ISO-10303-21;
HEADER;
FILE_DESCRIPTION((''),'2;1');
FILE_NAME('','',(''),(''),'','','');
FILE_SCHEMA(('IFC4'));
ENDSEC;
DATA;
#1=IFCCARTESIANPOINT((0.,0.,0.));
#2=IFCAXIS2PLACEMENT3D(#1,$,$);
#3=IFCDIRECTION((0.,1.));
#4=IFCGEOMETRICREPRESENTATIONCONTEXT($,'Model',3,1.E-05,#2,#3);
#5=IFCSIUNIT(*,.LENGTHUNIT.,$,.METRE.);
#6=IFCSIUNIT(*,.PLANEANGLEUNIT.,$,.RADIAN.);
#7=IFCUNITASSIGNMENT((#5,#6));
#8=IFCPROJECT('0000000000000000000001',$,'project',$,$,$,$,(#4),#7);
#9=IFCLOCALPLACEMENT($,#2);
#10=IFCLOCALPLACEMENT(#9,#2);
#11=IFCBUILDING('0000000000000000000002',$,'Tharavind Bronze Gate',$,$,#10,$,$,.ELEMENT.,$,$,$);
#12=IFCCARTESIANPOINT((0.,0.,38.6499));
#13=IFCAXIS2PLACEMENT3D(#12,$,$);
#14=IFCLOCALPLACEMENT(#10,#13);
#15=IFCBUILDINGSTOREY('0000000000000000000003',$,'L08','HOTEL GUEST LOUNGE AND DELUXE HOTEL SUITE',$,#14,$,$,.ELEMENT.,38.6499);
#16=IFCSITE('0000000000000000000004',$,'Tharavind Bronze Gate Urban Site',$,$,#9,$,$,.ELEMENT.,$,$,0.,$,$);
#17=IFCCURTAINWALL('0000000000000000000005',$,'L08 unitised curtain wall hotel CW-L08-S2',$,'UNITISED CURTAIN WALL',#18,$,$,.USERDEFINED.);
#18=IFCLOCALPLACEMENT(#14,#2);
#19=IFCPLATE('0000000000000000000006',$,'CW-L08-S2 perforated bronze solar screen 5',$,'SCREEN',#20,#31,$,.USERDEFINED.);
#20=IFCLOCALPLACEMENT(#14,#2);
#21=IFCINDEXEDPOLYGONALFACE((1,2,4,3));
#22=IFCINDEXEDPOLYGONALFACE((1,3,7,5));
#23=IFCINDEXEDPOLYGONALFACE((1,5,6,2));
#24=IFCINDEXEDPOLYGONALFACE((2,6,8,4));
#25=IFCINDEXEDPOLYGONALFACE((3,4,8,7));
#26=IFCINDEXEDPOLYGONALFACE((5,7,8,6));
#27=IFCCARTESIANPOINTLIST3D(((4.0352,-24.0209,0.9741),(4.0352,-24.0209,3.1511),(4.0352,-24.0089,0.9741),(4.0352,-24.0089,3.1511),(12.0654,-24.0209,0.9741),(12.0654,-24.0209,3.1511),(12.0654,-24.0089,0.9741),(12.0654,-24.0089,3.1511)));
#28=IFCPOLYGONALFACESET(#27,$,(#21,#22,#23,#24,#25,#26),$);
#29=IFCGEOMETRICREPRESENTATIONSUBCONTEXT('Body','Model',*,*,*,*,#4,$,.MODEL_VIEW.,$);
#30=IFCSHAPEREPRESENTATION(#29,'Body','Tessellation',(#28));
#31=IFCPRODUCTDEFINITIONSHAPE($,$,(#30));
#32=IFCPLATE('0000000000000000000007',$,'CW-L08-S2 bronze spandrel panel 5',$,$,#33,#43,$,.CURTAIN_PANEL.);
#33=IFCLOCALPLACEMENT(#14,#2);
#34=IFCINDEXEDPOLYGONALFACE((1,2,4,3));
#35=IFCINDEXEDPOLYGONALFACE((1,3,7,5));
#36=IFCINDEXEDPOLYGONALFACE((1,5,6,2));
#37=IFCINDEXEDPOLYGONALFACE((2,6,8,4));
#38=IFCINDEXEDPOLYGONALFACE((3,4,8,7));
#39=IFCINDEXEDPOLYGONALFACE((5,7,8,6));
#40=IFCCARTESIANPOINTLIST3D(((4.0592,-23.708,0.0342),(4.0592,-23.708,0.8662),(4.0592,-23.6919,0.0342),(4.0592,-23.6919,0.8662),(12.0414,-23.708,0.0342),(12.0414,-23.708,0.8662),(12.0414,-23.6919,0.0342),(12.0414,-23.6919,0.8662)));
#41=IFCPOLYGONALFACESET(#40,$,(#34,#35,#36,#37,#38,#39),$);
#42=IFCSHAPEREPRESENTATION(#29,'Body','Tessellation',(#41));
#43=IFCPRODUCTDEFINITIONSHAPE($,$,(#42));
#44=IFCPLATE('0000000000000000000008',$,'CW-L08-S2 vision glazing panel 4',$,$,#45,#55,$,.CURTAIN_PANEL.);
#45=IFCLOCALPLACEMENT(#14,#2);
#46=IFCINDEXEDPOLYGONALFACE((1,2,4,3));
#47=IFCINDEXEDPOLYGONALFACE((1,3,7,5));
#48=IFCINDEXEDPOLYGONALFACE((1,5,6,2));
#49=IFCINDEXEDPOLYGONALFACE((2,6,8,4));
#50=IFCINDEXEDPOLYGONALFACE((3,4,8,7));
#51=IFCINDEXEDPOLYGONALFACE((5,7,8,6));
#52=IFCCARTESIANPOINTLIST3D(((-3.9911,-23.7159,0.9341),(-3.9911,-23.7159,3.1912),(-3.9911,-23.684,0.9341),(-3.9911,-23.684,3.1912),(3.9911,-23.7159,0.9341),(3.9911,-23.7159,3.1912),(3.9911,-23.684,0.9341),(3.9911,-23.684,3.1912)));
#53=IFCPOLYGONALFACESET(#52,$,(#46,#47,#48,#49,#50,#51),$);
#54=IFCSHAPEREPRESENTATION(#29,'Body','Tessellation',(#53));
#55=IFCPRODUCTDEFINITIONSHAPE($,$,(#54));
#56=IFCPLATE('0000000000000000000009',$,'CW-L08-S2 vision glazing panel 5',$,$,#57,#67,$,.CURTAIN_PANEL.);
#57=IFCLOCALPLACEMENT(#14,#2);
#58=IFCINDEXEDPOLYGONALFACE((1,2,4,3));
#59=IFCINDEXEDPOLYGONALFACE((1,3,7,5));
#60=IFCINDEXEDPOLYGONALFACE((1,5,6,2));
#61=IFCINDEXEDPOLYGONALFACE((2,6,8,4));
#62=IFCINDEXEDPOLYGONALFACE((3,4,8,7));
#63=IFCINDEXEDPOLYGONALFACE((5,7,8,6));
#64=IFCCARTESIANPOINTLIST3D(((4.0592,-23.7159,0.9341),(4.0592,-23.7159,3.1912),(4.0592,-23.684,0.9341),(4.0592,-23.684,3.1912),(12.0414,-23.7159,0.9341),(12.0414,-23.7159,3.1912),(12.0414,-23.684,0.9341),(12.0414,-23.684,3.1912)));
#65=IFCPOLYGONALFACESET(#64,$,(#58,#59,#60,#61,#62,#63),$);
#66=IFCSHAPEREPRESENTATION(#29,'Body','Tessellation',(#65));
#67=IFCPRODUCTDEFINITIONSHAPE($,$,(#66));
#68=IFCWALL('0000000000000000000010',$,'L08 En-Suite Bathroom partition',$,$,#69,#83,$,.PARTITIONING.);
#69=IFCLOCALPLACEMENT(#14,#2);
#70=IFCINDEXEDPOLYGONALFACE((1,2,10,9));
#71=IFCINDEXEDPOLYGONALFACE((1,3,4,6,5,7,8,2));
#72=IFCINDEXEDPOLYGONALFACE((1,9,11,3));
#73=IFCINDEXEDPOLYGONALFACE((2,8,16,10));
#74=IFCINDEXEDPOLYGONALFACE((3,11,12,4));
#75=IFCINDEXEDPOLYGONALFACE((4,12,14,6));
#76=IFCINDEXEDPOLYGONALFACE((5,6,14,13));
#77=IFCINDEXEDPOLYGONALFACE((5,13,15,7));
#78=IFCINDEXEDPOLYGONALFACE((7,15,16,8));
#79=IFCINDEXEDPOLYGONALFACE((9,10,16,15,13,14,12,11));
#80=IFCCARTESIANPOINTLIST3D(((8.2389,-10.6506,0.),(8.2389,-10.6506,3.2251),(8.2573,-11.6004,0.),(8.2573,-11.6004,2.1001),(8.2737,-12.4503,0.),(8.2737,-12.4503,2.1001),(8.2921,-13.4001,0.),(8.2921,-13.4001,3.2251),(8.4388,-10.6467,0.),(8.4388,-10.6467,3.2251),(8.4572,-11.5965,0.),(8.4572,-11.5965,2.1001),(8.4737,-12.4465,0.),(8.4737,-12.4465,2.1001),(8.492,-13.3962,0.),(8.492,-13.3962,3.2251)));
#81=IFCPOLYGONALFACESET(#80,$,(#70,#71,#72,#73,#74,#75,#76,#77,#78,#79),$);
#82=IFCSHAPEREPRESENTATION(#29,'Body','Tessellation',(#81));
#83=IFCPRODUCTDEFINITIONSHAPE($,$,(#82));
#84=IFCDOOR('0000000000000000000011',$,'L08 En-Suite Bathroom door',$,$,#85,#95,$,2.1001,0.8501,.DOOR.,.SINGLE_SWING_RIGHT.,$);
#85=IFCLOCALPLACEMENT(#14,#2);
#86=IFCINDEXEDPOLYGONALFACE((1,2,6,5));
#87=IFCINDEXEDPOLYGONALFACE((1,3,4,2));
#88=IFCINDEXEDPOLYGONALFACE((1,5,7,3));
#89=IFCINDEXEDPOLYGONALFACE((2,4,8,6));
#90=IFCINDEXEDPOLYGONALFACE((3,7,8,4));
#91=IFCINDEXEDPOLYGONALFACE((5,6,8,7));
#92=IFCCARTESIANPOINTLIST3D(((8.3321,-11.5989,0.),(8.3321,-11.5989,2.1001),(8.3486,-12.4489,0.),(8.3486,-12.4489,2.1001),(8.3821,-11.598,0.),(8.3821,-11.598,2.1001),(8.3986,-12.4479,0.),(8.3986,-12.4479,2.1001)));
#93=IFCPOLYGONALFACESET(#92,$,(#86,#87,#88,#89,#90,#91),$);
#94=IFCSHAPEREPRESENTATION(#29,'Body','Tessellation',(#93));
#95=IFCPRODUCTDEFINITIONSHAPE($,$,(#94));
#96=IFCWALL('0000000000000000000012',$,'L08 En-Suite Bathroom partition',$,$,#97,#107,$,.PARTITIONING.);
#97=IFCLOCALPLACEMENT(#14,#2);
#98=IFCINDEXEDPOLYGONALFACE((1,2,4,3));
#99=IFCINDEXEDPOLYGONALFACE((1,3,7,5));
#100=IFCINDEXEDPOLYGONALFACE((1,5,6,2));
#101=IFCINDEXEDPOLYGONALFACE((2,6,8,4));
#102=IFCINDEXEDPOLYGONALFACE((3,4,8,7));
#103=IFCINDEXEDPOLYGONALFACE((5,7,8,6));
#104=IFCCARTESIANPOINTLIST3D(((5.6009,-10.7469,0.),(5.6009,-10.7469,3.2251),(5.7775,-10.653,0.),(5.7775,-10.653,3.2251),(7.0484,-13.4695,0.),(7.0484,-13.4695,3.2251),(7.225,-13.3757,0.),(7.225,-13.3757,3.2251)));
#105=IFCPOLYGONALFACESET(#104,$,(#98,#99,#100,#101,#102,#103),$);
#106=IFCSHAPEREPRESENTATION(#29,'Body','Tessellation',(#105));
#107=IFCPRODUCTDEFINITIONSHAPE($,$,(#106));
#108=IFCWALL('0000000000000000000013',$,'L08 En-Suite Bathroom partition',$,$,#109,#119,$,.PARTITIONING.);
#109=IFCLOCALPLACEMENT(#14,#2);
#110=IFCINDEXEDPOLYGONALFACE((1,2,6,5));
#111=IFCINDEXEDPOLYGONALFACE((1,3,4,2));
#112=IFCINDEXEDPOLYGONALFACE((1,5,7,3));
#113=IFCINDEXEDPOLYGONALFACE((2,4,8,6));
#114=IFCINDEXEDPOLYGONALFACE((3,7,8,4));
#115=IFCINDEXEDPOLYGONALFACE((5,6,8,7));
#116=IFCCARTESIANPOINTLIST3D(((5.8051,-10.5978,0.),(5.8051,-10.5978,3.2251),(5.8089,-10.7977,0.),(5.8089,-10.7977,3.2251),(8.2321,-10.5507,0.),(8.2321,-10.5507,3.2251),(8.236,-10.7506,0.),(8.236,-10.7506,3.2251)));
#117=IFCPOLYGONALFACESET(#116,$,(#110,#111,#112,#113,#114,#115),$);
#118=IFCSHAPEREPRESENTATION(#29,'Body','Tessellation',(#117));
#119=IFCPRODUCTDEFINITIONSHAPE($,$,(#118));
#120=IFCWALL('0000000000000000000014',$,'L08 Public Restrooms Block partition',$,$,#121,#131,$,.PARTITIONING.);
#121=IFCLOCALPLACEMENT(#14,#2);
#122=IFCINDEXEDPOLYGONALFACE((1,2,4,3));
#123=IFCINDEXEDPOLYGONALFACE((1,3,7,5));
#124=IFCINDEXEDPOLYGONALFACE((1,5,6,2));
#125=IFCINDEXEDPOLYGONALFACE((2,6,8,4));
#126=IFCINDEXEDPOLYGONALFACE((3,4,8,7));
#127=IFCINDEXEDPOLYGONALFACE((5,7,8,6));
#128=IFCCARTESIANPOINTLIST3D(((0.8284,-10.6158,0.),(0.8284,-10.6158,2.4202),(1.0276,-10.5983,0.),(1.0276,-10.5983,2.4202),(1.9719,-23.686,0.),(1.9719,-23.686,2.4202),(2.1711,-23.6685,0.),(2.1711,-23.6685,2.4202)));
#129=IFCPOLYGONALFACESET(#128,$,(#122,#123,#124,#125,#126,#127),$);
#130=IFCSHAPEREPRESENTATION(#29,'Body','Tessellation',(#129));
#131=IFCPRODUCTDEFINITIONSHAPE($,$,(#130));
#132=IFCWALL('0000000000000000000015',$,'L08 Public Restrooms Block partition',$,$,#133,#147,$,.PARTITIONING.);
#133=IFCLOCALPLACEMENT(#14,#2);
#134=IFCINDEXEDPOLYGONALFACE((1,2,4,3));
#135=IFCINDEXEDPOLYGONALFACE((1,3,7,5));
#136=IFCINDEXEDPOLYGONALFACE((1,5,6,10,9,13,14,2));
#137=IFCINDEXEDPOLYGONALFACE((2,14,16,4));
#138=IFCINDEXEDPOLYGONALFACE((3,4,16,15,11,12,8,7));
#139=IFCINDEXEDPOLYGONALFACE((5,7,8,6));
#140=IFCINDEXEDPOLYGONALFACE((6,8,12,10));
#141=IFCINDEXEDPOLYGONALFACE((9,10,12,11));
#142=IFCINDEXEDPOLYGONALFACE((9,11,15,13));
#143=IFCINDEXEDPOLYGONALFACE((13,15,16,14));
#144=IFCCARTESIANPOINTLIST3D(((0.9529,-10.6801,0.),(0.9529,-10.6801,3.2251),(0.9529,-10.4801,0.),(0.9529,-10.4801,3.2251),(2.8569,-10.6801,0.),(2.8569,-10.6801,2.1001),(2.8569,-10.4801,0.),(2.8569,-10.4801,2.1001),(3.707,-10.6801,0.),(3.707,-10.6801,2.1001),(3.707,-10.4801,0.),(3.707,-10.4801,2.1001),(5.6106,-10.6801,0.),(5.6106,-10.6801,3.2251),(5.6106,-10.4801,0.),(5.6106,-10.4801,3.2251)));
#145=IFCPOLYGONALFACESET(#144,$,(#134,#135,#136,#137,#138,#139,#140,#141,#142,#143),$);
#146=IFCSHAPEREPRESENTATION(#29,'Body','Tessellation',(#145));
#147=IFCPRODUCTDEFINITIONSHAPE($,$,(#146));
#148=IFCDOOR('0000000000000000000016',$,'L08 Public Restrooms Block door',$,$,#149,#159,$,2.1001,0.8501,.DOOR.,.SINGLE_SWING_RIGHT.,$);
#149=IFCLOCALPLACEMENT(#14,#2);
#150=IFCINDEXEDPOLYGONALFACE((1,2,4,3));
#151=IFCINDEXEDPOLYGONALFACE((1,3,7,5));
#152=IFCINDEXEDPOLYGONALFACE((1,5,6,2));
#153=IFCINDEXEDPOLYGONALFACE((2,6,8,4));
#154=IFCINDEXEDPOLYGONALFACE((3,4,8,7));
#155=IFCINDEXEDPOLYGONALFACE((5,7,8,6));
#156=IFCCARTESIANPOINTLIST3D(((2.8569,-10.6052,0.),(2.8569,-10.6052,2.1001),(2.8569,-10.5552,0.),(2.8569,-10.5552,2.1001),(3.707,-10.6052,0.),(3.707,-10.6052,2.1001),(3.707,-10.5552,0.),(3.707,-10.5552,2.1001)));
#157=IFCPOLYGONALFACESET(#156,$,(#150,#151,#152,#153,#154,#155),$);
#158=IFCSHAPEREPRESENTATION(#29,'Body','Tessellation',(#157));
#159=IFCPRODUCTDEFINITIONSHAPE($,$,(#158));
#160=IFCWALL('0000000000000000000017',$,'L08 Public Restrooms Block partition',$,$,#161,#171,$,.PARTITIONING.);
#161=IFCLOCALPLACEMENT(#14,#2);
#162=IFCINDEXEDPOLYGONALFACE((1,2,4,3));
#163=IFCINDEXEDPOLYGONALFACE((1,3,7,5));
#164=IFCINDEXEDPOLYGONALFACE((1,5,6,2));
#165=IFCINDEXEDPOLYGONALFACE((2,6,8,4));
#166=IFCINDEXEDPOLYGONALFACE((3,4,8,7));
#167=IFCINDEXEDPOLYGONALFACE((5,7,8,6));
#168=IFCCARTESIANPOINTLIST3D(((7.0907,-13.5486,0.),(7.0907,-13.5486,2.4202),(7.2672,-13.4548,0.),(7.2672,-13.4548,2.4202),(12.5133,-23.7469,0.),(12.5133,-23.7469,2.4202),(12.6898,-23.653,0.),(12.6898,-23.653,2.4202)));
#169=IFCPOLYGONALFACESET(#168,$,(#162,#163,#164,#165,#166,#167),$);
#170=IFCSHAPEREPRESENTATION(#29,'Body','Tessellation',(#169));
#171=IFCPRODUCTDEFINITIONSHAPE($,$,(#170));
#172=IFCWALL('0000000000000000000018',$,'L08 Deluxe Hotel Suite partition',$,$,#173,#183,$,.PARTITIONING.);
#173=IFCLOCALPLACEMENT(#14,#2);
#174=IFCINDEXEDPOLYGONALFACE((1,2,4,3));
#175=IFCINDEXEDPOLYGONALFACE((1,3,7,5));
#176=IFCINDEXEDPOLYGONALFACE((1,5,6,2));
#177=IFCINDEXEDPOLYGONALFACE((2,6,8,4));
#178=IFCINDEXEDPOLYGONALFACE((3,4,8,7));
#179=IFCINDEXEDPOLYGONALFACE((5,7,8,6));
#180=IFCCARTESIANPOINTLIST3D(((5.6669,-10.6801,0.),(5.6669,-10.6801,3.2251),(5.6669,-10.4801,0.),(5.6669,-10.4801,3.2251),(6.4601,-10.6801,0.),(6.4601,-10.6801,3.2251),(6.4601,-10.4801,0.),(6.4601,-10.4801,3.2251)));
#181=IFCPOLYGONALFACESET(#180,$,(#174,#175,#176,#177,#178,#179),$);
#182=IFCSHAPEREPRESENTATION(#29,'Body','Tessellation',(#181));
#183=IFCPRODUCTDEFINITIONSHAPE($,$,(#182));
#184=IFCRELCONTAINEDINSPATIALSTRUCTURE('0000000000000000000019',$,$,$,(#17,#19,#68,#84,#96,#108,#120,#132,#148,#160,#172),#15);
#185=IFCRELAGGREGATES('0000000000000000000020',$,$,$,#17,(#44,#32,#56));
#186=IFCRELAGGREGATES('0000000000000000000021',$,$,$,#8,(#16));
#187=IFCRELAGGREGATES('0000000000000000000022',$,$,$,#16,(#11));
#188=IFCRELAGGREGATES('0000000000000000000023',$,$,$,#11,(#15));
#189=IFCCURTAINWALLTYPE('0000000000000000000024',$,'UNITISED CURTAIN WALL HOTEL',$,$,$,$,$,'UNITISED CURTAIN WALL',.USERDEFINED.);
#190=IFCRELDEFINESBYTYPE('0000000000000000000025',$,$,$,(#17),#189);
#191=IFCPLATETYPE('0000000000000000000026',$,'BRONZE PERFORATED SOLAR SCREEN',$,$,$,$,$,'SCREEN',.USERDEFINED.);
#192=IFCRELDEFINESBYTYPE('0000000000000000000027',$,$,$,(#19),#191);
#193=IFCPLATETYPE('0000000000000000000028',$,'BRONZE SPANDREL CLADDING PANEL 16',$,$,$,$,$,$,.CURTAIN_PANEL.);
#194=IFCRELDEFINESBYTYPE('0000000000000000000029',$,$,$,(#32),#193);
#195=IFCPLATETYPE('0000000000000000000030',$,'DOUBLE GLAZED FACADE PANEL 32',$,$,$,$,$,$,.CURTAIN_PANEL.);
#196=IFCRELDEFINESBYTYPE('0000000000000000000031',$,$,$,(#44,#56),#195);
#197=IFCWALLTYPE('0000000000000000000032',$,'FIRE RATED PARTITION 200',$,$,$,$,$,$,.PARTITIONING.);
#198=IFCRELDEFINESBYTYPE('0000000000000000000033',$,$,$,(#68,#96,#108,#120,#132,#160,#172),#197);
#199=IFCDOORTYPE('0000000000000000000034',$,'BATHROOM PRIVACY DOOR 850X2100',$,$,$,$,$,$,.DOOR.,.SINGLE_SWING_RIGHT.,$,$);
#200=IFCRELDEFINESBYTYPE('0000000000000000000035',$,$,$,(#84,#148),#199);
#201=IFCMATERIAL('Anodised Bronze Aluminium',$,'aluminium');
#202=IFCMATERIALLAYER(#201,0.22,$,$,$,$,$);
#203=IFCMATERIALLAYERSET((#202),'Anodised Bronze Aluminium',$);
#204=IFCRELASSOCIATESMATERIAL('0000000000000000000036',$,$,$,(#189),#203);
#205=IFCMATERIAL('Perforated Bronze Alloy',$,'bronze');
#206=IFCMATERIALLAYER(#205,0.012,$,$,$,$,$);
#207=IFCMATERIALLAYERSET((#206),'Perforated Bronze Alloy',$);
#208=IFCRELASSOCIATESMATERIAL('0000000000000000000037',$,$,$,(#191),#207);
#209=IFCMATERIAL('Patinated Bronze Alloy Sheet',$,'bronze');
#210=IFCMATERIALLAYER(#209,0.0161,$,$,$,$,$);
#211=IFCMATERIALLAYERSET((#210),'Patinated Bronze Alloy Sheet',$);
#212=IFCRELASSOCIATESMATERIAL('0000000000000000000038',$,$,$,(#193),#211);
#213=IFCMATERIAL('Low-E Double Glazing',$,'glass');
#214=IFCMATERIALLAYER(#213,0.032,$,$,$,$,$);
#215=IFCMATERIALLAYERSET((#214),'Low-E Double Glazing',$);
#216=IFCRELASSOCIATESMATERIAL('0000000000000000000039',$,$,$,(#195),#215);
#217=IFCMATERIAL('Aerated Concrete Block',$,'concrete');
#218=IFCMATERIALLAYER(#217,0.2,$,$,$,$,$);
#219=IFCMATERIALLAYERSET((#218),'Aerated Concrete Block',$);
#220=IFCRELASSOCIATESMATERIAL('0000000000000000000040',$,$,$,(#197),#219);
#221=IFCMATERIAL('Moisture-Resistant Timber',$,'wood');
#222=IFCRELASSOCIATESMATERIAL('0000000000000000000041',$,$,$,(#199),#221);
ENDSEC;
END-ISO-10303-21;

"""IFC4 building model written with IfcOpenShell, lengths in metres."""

from ifc_helpers import new_model, si_unit, direction, frame, frame_2d, origin, origin_2d, place, context, subcontext, project, spatial, rectangle, extrude, material, layer, layer_set, type_object, element, fill, aggregate, save


model = new_model("IFC4")

# Units and contexts
model_context = context("Model", 3, precision=1e-05, world=origin(), true_north=direction((0.0, 1.0)))
body_context = subcontext(model_context, "Body", "Model", "MODEL_VIEW")
ifc_project = project(units=[si_unit("LENGTHUNIT", "METRE"), si_unit("PLANEANGLEUNIT", "RADIAN")], contexts=[model_context])

# Site, building, storey
site_placement = place(None, origin())
site = spatial("IfcSite", under=ifc_project, at=site_placement, Name="Tharavind Bronze Gate Urban Site", CompositionType="ELEMENT", RefElevation=0.0)
building_placement = place(site_placement, origin())
building = spatial("IfcBuilding", under=site, at=building_placement, Name="Tharavind Bronze Gate", CompositionType="ELEMENT")
storey_placement = place(building_placement, frame((0.0, 0.0, 38.6499)))
storey = spatial("IfcBuildingStorey", under=building, at=storey_placement, Name="L08", Description="HOTEL GUEST LOUNGE AND DELUXE HOTEL SUITE", CompositionType="ELEMENT", Elevation=38.6499)

# Curtain wall
ifc_material_1 = material(Name="Anodised Bronze Aluminium", Category="aluminium")
ifc_layer_1 = layer(ifc_material_1, 0.22)
ifc_layer_set_1 = layer_set([ifc_layer_1], Name="Anodised Bronze Aluminium")
curtain_wall_type = type_object("IfcCurtainWallType", Name="UNITISED CURTAIN WALL HOTEL", ElementType="UNITISED CURTAIN WALL", PredefinedType="USERDEFINED", material=ifc_layer_set_1)
curtain_wall_placement = place(storey_placement, origin())
curtain_wall = element("IfcCurtainWall", 1, at=curtain_wall_placement, inside=storey, type_object=curtain_wall_type, Name="L08 unitised curtain wall hotel CW-L08-S2", ObjectType="UNITISED CURTAIN WALL", PredefinedType="USERDEFINED")

# Plates
ifc_material_2 = material(Name="Perforated Bronze Alloy", Category="bronze")
ifc_layer_2 = layer(ifc_material_2, 0.012)
ifc_layer_set_2 = layer_set([ifc_layer_2], Name="Perforated Bronze Alloy")
plate_type_1 = type_object("IfcPlateType", Name="BRONZE PERFORATED SOLAR SCREEN", ElementType="SCREEN", PredefinedType="USERDEFINED", material=ifc_layer_set_2)
plate_1_placement = place(storey_placement, frame((8.0503, -24.0149, 0.9741), z_axis=(0.0, 0.0, 1.0), x_axis=(1.0, 0.0, 0.0)))
element("IfcPlate", 2, at=plate_1_placement, inside=storey, type_object=plate_type_1, Name="CW-L08-S2 perforated bronze solar screen 5", ObjectType="SCREEN", PredefinedType="USERDEFINED", context=body_context, shape_type="SweptSolid", body=[
    extrude(rectangle(XDim=8.0303, YDim=0.012, at=origin_2d()), origin(), (0.0, 0.0, 1.0), 2.177),
])
ifc_material_3 = material(Name="Patinated Bronze Alloy Sheet", Category="bronze")
ifc_layer_3 = layer(ifc_material_3, 0.0161)
ifc_layer_set_3 = layer_set([ifc_layer_3], Name="Patinated Bronze Alloy Sheet")
plate_type_2 = type_object("IfcPlateType", Name="BRONZE SPANDREL CLADDING PANEL 16", PredefinedType="CURTAIN_PANEL", material=ifc_layer_set_3)
plate_2_placement = place(storey_placement, frame((8.0503, -23.7, 0.0342), z_axis=(0.0, 0.0, 1.0), x_axis=(1.0, 0.0, 0.0)))
plate_2 = element("IfcPlate", 3, at=plate_2_placement, type_object=plate_type_2, Name="CW-L08-S2 bronze spandrel panel 5", PredefinedType="CURTAIN_PANEL", context=body_context, shape_type="SweptSolid", body=[
    extrude(rectangle(XDim=7.9822, YDim=0.0161, at=origin_2d()), origin(), (0.0, 0.0, 1.0), 0.832),
])
ifc_material_4 = material(Name="Low-E Double Glazing", Category="glass")
ifc_layer_4 = layer(ifc_material_4, 0.032)
ifc_layer_set_4 = layer_set([ifc_layer_4], Name="Low-E Double Glazing")
plate_type_3 = type_object("IfcPlateType", Name="DOUBLE GLAZED FACADE PANEL 32", PredefinedType="CURTAIN_PANEL", material=ifc_layer_set_4)
plate_3_placement = place(storey_placement, frame((0.0, -23.7, 0.9341), z_axis=(0.0, 0.0, 1.0), x_axis=(1.0, 0.0, 0.0)))
plate_3 = element("IfcPlate", 4, at=plate_3_placement, type_object=plate_type_3, Name="CW-L08-S2 vision glazing panel 4", PredefinedType="CURTAIN_PANEL", context=body_context, shape_type="SweptSolid", body=[
    extrude(rectangle(XDim=7.9822, YDim=0.032, at=origin_2d()), origin(), (0.0, 0.0, 1.0), 2.2571),
])
plate_4_placement = place(storey_placement, frame((8.0503, -23.7, 0.9341), z_axis=(0.0, 0.0, 1.0), x_axis=(1.0, 0.0, 0.0)))
plate_4 = element("IfcPlate", 5, at=plate_4_placement, type_object=plate_type_3, Name="CW-L08-S2 vision glazing panel 5", PredefinedType="CURTAIN_PANEL", context=body_context, shape_type="SweptSolid", body=[
    extrude(rectangle(XDim=7.9822, YDim=0.032, at=origin_2d()), origin(), (0.0, 0.0, 1.0), 2.2571),
])
aggregate(curtain_wall, [plate_3, plate_2, plate_4])

# Wall, opening, door
ifc_material_5 = material(Name="Aerated Concrete Block", Category="concrete")
ifc_layer_5 = layer(ifc_material_5, 0.2)
ifc_layer_set_5 = layer_set([ifc_layer_5], Name="Aerated Concrete Block")
wall_type_1 = type_object("IfcWallType", Name="FIRE RATED PARTITION 200", PredefinedType="PARTITIONING", material=ifc_layer_set_5)
wall_1_placement = place(storey_placement, frame((8.3389, -10.6487, 0.0), z_axis=(0.0, 0.0, 1.0), x_axis=(0.019354, -0.999813, 0.0)))
wall_1 = element("IfcWall", 6, at=wall_1_placement, inside=storey, type_object=wall_type_1, Name="L08 En-Suite Bathroom partition", PredefinedType="PARTITIONING", context=body_context, shape_type="SweptSolid", body=[
    extrude(rectangle(XDim=2.75, YDim=0.2, at=frame_2d((1.375, 0.0))), origin(), (0.0, 0.0, 1.0), 3.2251),
])
opening_1_placement = place(wall_1_placement, frame((0.95, 0.0, 0.0)))
opening_1 = element("IfcOpeningElement", 7, at=opening_1_placement, cuts=wall_1, PredefinedType="OPENING", context=body_context, shape_type="SweptSolid", body=[
    extrude(rectangle(XDim=0.8501, YDim=2.1001, at=frame_2d((0.425, 1.05))), frame((0.0, 0.1101, 0.0), z_axis=(0.0, -1.0, 0.0), x_axis=(1.0, 0.0, 0.0)), (0.0, 0.0, 1.0), 0.22),
])
ifc_material_6 = material(Name="Moisture-Resistant Timber", Category="wood")
door_type_1 = type_object("IfcDoorType", Name="BATHROOM PRIVACY DOOR 850X2100", OperationType="SINGLE_SWING_RIGHT", PredefinedType="DOOR", material=ifc_material_6)
door_1_placement = place(opening_1_placement, origin())
door_1 = element("IfcDoor", 8, at=door_1_placement, inside=storey, type_object=door_type_1, Name="L08 En-Suite Bathroom door", OperationType="SINGLE_SWING_RIGHT", OverallHeight=2.1001, OverallWidth=0.8501, PredefinedType="DOOR", context=body_context, shape_type="SweptSolid", body=[
    extrude(rectangle(XDim=0.8501, YDim=2.1001, at=frame_2d((0.425, 1.05))), frame((0.0, 0.0249, 0.0), z_axis=(0.0, -1.0, 0.0), x_axis=(1.0, 0.0, 0.0)), (0.0, 0.0, 1.0), 0.05),
])
fill(opening_1, door_1)

# Walls
wall_2_placement = place(storey_placement, frame((7.1367, -13.4226, 0.0), z_axis=(0.0, 0.0, 1.0), x_axis=(-0.469433, 0.882968, 0.0)))
element("IfcWall", 9, at=wall_2_placement, inside=storey, type_object=wall_type_1, Name="L08 En-Suite Bathroom partition", PredefinedType="PARTITIONING", context=body_context, shape_type="SweptSolid", body=[
    extrude(rectangle(XDim=3.0835, YDim=0.2, at=frame_2d((1.5417, 0.0))), origin(), (0.0, 0.0, 1.0), 3.2251),
])
wall_3_placement = place(storey_placement, frame((5.8069, -10.6978, 0.0), z_axis=(0.0, 0.0, 1.0), x_axis=(0.999812, 0.019411, 0.0)))
element("IfcWall", 10, at=wall_3_placement, inside=storey, type_object=wall_type_1, Name="L08 En-Suite Bathroom partition", PredefinedType="PARTITIONING", context=body_context, shape_type="SweptSolid", body=[
    extrude(rectangle(XDim=2.4275, YDim=0.2, at=frame_2d((1.2139, 0.0))), origin(), (0.0, 0.0, 1.0), 3.2251),
])
wall_4_placement = place(storey_placement, frame((2.0715, -23.6772, 0.0), z_axis=(0.0, 0.0, 1.0), x_axis=(-0.087161, 0.996194, 0.0)))
element("IfcWall", 11, at=wall_4_placement, inside=storey, type_object=wall_type_1, Name="L08 Public Restrooms Block partition", PredefinedType="PARTITIONING", context=body_context, shape_type="SweptSolid", body=[
    extrude(rectangle(XDim=13.1201, YDim=0.2, at=frame_2d((6.5601, 0.0))), origin(), (0.0, 0.0, 1.0), 2.4202),
])

# Wall, opening, door
wall_5_placement = place(storey_placement, frame((0.9529, -10.5801, 0.0), z_axis=(0.0, 0.0, 1.0), x_axis=(1.0, 0.0, 0.0)))
wall_5 = element("IfcWall", 12, at=wall_5_placement, inside=storey, type_object=wall_type_1, Name="L08 Public Restrooms Block partition", PredefinedType="PARTITIONING", context=body_context, shape_type="SweptSolid", body=[
    extrude(rectangle(XDim=4.6577, YDim=0.2, at=frame_2d((2.3289, 0.0))), origin(), (0.0, 0.0, 1.0), 3.2251),
])
opening_2_placement = place(wall_5_placement, frame((1.9041, 0.0, 0.0)))
opening_2 = element("IfcOpeningElement", 13, at=opening_2_placement, cuts=wall_5, PredefinedType="OPENING", context=body_context, shape_type="SweptSolid", body=[
    extrude(rectangle(XDim=0.8501, YDim=2.1001, at=frame_2d((0.425, 1.05))), frame((0.0, 0.1101, 0.0), z_axis=(0.0, -1.0, 0.0), x_axis=(1.0, 0.0, 0.0)), (0.0, 0.0, 1.0), 0.22),
])
door_2_placement = place(opening_2_placement, origin())
door_2 = element("IfcDoor", 14, at=door_2_placement, inside=storey, type_object=door_type_1, Name="L08 Public Restrooms Block door", OperationType="SINGLE_SWING_RIGHT", OverallHeight=2.1001, OverallWidth=0.8501, PredefinedType="DOOR", context=body_context, shape_type="SweptSolid", body=[
    extrude(rectangle(XDim=0.8501, YDim=2.1001, at=frame_2d((0.425, 1.05))), frame((0.0, 0.0249, 0.0), z_axis=(0.0, -1.0, 0.0), x_axis=(1.0, 0.0, 0.0)), (0.0, 0.0, 1.0), 0.05),
])
fill(opening_2, door_2)

# Walls
wall_6_placement = place(storey_placement, frame((7.179, -13.5017, 0.0), z_axis=(0.0, 0.0, 1.0), x_axis=(0.469479, -0.882944, 0.0)))
element("IfcWall", 15, at=wall_6_placement, inside=storey, type_object=wall_type_1, Name="L08 Public Restrooms Block partition", PredefinedType="PARTITIONING", context=body_context, shape_type="SweptSolid", body=[
    extrude(rectangle(XDim=11.5503, YDim=0.2, at=frame_2d((5.7751, 0.0))), origin(), (0.0, 0.0, 1.0), 2.4202),
])
wall_7_placement = place(storey_placement, frame((5.667, -10.5801, 0.0), z_axis=(0.0, 0.0, 1.0), x_axis=(1.0, 0.0, 0.0)))
element("IfcWall", 16, at=wall_7_placement, inside=storey, type_object=wall_type_1, Name="L08 Deluxe Hotel Suite partition", PredefinedType="PARTITIONING", context=body_context, shape_type="SweptSolid", body=[
    extrude(rectangle(XDim=0.7932, YDim=0.2, at=frame_2d((0.3965, 0.0))), origin(), (0.0, 0.0, 1.0), 3.2251),
])

save(model, "model.ifc")
